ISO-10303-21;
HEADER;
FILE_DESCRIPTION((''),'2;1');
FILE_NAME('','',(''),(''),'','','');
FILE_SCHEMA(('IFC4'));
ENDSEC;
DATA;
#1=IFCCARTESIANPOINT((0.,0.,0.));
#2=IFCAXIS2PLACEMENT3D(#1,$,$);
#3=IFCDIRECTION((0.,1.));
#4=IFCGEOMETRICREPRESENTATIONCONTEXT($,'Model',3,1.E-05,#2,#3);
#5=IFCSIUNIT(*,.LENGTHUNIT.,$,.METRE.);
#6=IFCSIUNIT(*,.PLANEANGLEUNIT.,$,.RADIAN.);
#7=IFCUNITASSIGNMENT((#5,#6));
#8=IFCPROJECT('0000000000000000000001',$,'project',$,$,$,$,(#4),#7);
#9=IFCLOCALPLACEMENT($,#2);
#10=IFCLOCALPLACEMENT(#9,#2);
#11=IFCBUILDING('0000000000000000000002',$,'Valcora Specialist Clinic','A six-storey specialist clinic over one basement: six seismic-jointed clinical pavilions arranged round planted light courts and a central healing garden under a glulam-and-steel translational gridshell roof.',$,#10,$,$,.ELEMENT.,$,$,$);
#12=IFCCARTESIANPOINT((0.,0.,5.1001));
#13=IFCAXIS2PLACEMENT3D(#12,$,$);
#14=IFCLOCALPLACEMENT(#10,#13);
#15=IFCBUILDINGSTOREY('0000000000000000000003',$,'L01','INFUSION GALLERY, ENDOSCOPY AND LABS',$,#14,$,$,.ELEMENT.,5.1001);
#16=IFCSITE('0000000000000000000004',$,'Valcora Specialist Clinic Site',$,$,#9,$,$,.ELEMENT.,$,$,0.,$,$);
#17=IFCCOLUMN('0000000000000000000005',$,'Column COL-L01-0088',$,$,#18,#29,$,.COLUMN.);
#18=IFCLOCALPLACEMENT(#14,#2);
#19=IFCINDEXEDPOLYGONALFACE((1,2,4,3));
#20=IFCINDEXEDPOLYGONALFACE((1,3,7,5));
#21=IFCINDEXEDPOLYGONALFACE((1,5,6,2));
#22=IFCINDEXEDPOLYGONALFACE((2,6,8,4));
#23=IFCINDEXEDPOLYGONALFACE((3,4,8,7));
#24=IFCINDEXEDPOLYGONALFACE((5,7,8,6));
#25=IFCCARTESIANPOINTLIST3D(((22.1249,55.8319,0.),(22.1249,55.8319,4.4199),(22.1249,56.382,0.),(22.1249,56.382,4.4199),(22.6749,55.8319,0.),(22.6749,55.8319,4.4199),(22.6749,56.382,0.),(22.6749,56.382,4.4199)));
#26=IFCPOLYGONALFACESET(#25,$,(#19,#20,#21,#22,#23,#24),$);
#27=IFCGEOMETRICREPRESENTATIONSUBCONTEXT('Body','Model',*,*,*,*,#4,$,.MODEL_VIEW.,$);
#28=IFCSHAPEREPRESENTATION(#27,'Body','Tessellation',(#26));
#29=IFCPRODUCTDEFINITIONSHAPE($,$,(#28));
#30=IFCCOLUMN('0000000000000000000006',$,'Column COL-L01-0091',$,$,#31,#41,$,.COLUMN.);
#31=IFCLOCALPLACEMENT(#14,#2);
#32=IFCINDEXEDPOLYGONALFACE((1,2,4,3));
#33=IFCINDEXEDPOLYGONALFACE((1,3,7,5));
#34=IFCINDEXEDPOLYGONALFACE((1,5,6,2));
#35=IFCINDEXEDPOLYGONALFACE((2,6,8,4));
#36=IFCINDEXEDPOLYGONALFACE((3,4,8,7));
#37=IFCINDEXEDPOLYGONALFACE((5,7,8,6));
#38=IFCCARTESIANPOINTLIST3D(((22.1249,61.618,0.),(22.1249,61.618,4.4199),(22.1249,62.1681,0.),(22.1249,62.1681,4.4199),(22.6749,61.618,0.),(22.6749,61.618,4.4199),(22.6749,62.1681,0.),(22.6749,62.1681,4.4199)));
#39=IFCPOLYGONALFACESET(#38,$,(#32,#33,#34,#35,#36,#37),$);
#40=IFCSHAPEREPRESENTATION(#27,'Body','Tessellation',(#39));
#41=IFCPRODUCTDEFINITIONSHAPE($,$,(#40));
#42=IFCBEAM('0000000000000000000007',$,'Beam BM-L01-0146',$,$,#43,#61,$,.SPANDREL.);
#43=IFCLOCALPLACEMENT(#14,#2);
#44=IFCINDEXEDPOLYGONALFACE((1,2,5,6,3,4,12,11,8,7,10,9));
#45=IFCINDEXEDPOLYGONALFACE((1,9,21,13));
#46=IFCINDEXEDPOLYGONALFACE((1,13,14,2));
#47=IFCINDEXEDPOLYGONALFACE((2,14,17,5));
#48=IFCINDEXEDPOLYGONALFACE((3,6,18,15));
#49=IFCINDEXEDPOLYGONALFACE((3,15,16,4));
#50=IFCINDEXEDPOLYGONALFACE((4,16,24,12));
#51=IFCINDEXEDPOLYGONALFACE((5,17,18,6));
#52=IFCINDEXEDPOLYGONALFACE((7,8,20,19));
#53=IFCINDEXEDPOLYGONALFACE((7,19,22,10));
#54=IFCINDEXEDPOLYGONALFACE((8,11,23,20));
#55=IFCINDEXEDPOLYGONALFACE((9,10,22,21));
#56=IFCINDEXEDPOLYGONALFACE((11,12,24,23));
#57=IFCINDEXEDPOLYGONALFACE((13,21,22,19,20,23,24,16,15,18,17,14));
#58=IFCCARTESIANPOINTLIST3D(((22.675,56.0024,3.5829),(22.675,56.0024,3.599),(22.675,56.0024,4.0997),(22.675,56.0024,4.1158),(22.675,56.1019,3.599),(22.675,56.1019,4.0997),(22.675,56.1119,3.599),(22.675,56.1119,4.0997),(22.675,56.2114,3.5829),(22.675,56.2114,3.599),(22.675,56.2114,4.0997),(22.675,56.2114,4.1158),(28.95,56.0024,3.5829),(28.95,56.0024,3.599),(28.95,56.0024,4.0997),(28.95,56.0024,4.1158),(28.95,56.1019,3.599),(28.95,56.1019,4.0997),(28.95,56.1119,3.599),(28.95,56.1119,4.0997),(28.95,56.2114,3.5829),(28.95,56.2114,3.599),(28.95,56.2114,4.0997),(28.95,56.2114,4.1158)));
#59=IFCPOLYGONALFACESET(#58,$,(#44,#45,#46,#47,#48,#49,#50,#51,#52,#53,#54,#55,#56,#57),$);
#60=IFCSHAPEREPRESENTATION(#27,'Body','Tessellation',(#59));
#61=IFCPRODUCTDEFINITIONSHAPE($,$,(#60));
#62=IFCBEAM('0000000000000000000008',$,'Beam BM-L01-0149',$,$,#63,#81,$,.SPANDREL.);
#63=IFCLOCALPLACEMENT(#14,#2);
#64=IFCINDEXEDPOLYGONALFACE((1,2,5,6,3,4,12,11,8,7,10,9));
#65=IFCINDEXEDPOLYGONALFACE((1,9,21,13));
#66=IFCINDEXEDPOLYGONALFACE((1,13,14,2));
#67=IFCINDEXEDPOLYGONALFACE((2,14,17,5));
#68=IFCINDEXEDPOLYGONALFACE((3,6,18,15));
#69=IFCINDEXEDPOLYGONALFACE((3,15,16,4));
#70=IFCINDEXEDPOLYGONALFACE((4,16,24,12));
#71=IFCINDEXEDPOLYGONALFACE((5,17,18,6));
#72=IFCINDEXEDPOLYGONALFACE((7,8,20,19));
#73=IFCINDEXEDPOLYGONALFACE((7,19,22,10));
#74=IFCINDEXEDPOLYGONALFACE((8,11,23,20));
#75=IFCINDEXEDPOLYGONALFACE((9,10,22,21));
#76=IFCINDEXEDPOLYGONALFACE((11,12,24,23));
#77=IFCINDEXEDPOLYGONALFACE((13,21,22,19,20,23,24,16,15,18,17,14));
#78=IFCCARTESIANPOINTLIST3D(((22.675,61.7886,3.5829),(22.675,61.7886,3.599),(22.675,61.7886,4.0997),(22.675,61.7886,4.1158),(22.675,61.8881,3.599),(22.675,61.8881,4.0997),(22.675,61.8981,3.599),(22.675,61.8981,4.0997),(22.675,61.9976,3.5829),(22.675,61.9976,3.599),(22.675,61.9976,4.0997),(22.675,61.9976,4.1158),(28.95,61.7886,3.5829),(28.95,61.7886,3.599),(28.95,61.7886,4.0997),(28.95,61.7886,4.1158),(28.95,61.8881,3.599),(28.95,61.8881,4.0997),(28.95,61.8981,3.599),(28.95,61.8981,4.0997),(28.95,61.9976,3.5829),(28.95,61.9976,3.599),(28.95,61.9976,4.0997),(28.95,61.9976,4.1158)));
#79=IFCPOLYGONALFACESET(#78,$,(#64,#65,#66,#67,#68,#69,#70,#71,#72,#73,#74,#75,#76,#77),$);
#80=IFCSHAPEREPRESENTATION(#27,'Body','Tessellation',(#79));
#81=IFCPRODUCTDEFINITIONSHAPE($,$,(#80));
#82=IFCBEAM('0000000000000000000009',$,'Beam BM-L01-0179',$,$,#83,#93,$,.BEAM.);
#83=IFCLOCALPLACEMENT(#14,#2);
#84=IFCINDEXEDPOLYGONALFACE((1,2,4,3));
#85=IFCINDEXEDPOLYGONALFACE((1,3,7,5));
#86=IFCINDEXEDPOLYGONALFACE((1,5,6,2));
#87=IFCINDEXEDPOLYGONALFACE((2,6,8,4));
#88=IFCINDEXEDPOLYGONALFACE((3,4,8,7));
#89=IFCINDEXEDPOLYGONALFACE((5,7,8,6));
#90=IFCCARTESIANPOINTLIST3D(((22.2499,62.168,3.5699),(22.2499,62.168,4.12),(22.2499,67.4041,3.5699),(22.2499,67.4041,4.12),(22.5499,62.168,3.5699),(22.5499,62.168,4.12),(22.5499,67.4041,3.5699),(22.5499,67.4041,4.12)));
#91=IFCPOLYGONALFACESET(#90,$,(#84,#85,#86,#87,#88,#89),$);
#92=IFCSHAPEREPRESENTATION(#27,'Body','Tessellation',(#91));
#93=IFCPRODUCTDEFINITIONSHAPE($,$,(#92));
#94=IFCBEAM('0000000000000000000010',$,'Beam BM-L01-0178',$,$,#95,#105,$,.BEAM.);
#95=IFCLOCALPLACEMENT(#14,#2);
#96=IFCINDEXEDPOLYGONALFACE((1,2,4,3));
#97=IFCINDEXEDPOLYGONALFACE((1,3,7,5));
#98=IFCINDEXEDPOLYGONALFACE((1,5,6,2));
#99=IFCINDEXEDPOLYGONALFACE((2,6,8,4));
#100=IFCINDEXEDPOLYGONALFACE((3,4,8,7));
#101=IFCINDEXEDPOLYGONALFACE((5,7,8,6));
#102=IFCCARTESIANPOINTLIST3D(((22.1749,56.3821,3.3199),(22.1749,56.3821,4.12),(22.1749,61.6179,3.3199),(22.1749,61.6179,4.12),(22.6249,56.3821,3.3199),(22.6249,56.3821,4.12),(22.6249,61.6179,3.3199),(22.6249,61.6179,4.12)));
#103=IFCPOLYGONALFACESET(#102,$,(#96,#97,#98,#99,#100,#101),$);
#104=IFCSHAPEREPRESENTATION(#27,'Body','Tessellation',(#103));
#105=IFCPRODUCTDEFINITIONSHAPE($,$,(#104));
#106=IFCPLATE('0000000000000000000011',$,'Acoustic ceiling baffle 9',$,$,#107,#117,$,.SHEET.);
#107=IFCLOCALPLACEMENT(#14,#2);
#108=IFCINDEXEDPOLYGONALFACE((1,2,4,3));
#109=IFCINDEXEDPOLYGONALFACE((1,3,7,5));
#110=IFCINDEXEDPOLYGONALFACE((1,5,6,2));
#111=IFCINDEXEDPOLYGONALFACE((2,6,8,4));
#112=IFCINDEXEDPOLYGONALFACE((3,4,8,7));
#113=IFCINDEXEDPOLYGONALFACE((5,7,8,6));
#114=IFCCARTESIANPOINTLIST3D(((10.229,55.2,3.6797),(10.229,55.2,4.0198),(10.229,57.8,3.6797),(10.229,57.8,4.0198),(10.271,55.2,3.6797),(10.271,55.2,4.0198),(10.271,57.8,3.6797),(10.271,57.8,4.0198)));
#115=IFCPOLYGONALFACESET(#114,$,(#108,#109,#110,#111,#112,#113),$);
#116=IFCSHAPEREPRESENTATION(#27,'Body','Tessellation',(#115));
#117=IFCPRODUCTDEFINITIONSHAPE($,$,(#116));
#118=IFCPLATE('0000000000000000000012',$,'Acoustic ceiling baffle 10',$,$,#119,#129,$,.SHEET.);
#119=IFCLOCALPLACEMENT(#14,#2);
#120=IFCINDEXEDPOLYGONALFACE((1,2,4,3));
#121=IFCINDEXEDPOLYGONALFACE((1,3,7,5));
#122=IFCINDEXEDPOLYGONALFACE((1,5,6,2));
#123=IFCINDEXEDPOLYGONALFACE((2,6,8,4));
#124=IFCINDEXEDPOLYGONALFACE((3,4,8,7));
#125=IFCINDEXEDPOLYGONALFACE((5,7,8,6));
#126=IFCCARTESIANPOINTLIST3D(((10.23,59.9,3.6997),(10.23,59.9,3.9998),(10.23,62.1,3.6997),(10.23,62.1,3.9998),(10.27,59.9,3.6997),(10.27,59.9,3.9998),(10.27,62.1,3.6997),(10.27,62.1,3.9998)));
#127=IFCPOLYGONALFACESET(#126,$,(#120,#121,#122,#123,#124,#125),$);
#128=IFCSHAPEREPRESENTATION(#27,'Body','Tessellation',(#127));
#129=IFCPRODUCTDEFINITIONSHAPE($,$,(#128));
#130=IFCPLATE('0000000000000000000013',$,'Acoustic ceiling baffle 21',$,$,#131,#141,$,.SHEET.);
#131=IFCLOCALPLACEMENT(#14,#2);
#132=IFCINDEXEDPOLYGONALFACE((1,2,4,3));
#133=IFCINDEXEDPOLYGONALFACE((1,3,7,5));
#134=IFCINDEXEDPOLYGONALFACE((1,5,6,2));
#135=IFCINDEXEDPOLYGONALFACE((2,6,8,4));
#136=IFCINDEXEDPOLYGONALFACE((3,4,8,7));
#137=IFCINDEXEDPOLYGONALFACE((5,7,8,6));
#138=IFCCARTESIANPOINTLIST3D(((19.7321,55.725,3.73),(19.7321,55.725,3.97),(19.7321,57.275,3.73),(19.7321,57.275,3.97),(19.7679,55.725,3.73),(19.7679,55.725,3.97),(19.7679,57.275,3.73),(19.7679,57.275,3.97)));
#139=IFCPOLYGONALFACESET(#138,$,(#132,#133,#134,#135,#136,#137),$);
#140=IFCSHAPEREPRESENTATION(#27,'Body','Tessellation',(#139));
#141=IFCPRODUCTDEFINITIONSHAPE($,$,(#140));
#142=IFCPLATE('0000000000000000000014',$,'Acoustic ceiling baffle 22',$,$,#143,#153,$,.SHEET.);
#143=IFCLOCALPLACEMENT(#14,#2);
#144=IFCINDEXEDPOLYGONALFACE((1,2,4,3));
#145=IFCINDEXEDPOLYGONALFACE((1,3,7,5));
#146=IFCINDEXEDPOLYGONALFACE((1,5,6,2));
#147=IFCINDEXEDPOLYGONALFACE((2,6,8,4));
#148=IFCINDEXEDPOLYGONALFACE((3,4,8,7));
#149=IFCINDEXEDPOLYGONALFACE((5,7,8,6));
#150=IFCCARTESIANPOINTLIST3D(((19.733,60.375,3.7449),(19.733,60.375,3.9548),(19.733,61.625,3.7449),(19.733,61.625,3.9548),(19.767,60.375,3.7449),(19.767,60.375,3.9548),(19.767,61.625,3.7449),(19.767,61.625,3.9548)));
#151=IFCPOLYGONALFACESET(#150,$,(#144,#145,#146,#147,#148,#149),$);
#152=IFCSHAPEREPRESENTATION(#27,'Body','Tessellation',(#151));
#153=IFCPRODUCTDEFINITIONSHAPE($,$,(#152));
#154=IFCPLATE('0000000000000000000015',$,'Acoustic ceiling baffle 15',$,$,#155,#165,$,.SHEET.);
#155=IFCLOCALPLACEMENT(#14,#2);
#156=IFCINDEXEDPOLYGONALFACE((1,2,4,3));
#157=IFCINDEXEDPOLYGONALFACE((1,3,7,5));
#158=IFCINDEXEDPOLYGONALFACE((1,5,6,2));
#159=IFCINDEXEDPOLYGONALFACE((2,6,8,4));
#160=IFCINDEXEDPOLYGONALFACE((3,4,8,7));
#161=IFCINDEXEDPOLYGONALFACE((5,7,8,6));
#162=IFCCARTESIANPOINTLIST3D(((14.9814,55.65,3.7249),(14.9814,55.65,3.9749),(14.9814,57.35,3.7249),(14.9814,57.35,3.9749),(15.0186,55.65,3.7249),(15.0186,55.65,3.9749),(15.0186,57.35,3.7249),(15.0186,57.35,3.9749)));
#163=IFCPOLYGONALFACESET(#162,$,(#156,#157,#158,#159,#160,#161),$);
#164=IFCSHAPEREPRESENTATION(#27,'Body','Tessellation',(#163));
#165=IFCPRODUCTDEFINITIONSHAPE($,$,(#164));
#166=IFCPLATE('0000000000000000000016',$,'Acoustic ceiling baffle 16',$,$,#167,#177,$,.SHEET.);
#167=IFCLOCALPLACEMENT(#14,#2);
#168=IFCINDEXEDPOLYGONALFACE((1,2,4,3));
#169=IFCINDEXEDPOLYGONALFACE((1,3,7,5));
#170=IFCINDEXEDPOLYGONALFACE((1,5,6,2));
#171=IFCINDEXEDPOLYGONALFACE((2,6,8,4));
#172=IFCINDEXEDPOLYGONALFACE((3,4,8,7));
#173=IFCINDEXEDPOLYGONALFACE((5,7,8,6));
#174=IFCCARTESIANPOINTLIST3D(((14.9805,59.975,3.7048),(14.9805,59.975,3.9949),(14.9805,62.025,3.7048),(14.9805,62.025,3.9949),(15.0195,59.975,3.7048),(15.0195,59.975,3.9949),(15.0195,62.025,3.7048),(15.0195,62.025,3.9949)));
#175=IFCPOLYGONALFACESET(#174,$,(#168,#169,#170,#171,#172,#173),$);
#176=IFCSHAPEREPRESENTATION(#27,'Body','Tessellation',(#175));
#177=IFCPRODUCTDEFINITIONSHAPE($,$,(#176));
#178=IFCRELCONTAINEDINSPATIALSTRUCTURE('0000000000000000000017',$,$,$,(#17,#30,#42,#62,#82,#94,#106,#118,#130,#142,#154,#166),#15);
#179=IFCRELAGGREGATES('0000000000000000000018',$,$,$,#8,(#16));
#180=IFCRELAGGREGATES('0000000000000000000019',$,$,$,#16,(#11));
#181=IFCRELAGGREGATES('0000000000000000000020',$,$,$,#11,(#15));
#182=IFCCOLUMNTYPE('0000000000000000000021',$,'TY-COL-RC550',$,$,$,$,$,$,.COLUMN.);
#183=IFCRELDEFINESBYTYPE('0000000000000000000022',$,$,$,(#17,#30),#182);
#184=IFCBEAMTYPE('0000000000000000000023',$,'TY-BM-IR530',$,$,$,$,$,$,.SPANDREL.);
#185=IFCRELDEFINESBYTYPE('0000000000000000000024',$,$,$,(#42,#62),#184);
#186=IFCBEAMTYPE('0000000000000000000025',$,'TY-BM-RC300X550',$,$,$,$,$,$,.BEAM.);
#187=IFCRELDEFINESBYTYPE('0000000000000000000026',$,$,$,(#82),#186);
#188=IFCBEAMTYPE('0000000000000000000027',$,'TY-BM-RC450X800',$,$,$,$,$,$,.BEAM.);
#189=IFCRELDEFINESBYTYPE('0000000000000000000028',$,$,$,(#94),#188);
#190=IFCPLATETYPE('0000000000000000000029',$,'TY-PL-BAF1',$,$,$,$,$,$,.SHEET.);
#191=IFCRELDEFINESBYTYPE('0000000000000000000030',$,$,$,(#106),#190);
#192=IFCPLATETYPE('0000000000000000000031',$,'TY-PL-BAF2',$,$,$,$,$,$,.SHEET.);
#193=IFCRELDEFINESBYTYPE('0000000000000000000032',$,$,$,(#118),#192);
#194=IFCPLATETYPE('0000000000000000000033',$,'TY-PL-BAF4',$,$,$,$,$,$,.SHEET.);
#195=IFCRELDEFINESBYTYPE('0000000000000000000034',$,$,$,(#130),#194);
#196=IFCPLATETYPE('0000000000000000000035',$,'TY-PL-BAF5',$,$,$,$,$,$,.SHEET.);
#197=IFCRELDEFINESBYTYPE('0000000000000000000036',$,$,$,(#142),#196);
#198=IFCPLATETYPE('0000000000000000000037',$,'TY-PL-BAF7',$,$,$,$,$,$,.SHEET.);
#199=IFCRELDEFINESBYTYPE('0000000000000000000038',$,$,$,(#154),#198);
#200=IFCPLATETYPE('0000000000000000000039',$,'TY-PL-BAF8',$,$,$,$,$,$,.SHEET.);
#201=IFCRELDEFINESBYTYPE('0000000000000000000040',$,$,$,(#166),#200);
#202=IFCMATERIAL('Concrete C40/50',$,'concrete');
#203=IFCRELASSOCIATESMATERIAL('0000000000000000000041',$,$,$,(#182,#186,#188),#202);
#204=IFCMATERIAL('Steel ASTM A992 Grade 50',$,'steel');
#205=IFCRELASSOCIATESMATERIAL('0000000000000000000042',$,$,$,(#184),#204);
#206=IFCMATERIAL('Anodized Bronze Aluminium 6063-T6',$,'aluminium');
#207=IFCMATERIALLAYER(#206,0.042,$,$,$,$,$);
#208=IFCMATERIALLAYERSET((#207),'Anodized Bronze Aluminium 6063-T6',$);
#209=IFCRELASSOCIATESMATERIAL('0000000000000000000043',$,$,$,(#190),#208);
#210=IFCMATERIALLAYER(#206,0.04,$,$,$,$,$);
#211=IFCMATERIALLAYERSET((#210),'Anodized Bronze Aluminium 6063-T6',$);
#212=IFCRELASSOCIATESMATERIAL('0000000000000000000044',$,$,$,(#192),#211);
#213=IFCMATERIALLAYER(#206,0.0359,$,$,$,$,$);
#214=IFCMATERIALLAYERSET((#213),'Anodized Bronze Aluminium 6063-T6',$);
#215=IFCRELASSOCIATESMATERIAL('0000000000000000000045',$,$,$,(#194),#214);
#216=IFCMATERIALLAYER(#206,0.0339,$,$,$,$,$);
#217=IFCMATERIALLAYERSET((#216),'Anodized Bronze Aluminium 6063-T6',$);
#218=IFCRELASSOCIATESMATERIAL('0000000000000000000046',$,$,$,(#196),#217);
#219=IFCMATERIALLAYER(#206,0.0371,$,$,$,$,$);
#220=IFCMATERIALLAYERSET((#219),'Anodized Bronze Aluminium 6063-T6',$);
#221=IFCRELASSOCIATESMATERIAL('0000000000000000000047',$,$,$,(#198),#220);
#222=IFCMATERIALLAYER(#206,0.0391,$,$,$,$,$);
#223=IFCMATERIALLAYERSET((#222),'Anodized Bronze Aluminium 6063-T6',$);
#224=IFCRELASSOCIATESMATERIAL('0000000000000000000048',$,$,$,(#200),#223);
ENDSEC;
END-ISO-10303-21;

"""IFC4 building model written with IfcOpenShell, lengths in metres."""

from ifc_helpers import new_model, si_unit, direction, frame, origin, origin_2d, place, context, subcontext, project, spatial, rectangle, i_section, extrude, material, layer, layer_set, material_profile, profile_set, type_object, element, save


model = new_model("IFC4")

# Units and contexts
model_context = context("Model", 3, precision=1e-05, world=origin(), true_north=direction((0.0, 1.0)))
body_context = subcontext(model_context, "Body", "Model", "MODEL_VIEW")
ifc_project = project(units=[si_unit("LENGTHUNIT", "METRE"), si_unit("PLANEANGLEUNIT", "RADIAN")], contexts=[model_context])

# Site, building, storey
site_placement = place(None, origin())
site = spatial("IfcSite", under=ifc_project, at=site_placement, Name="Valcora Specialist Clinic Site", CompositionType="ELEMENT", RefElevation=0.0)
building_placement = place(site_placement, origin())
building = spatial("IfcBuilding", under=site, at=building_placement, Name="Valcora Specialist Clinic", Description="A six-storey specialist clinic over one basement: six seismic-jointed clinical pavilions arranged round planted light courts and a central healing garden under a glulam-and-steel translational gridshell roof.", CompositionType="ELEMENT")
storey_placement = place(building_placement, frame((0.0, 0.0, 5.1001)))
storey = spatial("IfcBuildingStorey", under=building, at=storey_placement, Name="L01", Description="INFUSION GALLERY, ENDOSCOPY AND LABS", CompositionType="ELEMENT", Elevation=5.1001)

# Columns
ifc_material_1 = material(Name="Concrete C40/50", Category="concrete")
ifc_material_profile_1 = material_profile(ifc_material_1, rectangle(XDim=0.55, YDim=0.55, at=origin_2d()), Name="RC-COL-550X550")
ifc_profile_set_1 = profile_set([ifc_material_profile_1], Name="Concrete C40/50")
column_type = type_object("IfcColumnType", Name="TY-COL-RC550", PredefinedType="COLUMN", material=ifc_profile_set_1)
for number, where, z_axis, x_axis, name in (
    (1, (22.3999, 56.1069, 0.0), (0.0, 0.0, 1.0), (1.0, 0.0, 0.0), "Column COL-L01-0088"),
    (2, (22.3999, 61.8931, 0.0), (0.0, 0.0, 1.0), (1.0, 0.0, 0.0), "Column COL-L01-0091"),
):
    element("IfcColumn", number, at=place(storey_placement, frame(where, z_axis=z_axis, x_axis=x_axis)), inside=storey, type_object=column_type, Name=name, PredefinedType="COLUMN", context=body_context, shape_type="SweptSolid", body=[
        extrude(rectangle(XDim=0.55, YDim=0.55, at=origin_2d()), origin(), (0.0, 0.0, 1.0), 4.4199),
    ])

# Beams
ifc_material_2 = material(Name="Steel ASTM A992 Grade 50", Category="steel")
ifc_material_profile_2 = material_profile(ifc_material_2, i_section(OverallWidth=0.209, OverallDepth=0.533, WebThickness=0.01, FlangeThickness=0.0161, at=origin_2d()), Name="ST-IR-530X210")
ifc_profile_set_2 = profile_set([ifc_material_profile_2], Name="Steel ASTM A992 Grade 50")
beam_type_1 = type_object("IfcBeamType", Name="TY-BM-IR530", PredefinedType="SPANDREL", material=ifc_profile_set_2)
for number, where, z_axis, x_axis, name in (
    (3, (22.675, 56.1069, 3.8494), (1.0, 0.0, 0.0), (0.0, 1.0, 0.0), "Beam BM-L01-0146"),
    (4, (22.675, 61.8931, 3.8494), (1.0, 0.0, 0.0), (0.0, 1.0, 0.0), "Beam BM-L01-0149"),
):
    element("IfcBeam", number, at=place(storey_placement, frame(where, z_axis=z_axis, x_axis=x_axis)), inside=storey, type_object=beam_type_1, Name=name, PredefinedType="SPANDREL", context=body_context, shape_type="SweptSolid", body=[
        extrude(i_section(OverallWidth=0.209, OverallDepth=0.533, WebThickness=0.01, FlangeThickness=0.0161, at=origin_2d()), origin(), (0.0, 0.0, 1.0), 6.2749),
    ])
ifc_material_profile_3 = material_profile(ifc_material_1, rectangle(XDim=0.3, YDim=0.55, at=origin_2d()), Name="RC-BM-300X550")
ifc_profile_set_3 = profile_set([ifc_material_profile_3], Name="Concrete C40/50")
beam_type_2 = type_object("IfcBeamType", Name="TY-BM-RC300X550", PredefinedType="BEAM", material=ifc_profile_set_3)
beam_1_placement = place(storey_placement, frame((22.3999, 62.168, 3.845), z_axis=(0.0, 1.0, 0.0), x_axis=(-1.0, 0.0, 0.0)))
element("IfcBeam", 5, at=beam_1_placement, inside=storey, type_object=beam_type_2, Name="Beam BM-L01-0179", PredefinedType="BEAM", context=body_context, shape_type="SweptSolid", body=[
    extrude(rectangle(XDim=0.3, YDim=0.55, at=origin_2d()), origin(), (0.0, 0.0, 1.0), 5.2361),
])
ifc_material_profile_4 = material_profile(ifc_material_1, rectangle(XDim=0.45, YDim=0.8, at=origin_2d()), Name="RC-BM-450X800")
ifc_profile_set_4 = profile_set([ifc_material_profile_4], Name="Concrete C40/50")
beam_type_3 = type_object("IfcBeamType", Name="TY-BM-RC450X800", PredefinedType="BEAM", material=ifc_profile_set_4)
beam_2_placement = place(storey_placement, frame((22.3999, 56.3821, 3.72), z_axis=(0.0, 1.0, 0.0), x_axis=(-1.0, 0.0, 0.0)))
element("IfcBeam", 6, at=beam_2_placement, inside=storey, type_object=beam_type_3, Name="Beam BM-L01-0178", PredefinedType="BEAM", context=body_context, shape_type="SweptSolid", body=[
    extrude(rectangle(XDim=0.45, YDim=0.8, at=origin_2d()), origin(), (0.0, 0.0, 1.0), 5.2358),
])

# Plates
ifc_material_3 = material(Name="Anodized Bronze Aluminium 6063-T6", Category="aluminium")
ifc_layer_1 = layer(ifc_material_3, 0.042)
ifc_layer_set_1 = layer_set([ifc_layer_1], Name="Anodized Bronze Aluminium 6063-T6")
plate_type_1 = type_object("IfcPlateType", Name="TY-PL-BAF1", PredefinedType="SHEET", material=ifc_layer_set_1)
plate_1_placement = place(storey_placement, frame((10.25, 56.5, 3.6797), z_axis=(0.0, 0.0, 1.0), x_axis=(0.0, 1.0, 0.0)))
element("IfcPlate", 7, at=plate_1_placement, inside=storey, type_object=plate_type_1, Name="Acoustic ceiling baffle 9", PredefinedType="SHEET", context=body_context, shape_type="SweptSolid", body=[
    extrude(rectangle(XDim=2.6001, YDim=0.042, at=origin_2d()), origin(), (0.0, 0.0, 1.0), 0.3401),
])
ifc_layer_2 = layer(ifc_material_3, 0.04)
ifc_layer_set_2 = layer_set([ifc_layer_2], Name="Anodized Bronze Aluminium 6063-T6")
plate_type_2 = type_object("IfcPlateType", Name="TY-PL-BAF2", PredefinedType="SHEET", material=ifc_layer_set_2)
plate_2_placement = place(storey_placement, frame((10.25, 61.0, 3.6997), z_axis=(0.0, 0.0, 1.0), x_axis=(0.0, 1.0, 0.0)))
element("IfcPlate", 8, at=plate_2_placement, inside=storey, type_object=plate_type_2, Name="Acoustic ceiling baffle 10", PredefinedType="SHEET", context=body_context, shape_type="SweptSolid", body=[
    extrude(rectangle(XDim=2.2, YDim=0.04, at=origin_2d()), origin(), (0.0, 0.0, 1.0), 0.3),
])
ifc_layer_3 = layer(ifc_material_3, 0.0359)
ifc_layer_set_3 = layer_set([ifc_layer_3], Name="Anodized Bronze Aluminium 6063-T6")
plate_type_3 = type_object("IfcPlateType", Name="TY-PL-BAF4", PredefinedType="SHEET", material=ifc_layer_set_3)
plate_3_placement = place(storey_placement, frame((19.75, 56.5, 3.73), z_axis=(0.0, 0.0, 1.0), x_axis=(0.0, 1.0, 0.0)))
element("IfcPlate", 9, at=plate_3_placement, inside=storey, type_object=plate_type_3, Name="Acoustic ceiling baffle 21", PredefinedType="SHEET", context=body_context, shape_type="SweptSolid", body=[
    extrude(rectangle(XDim=1.55, YDim=0.0359, at=origin_2d()), origin(), (0.0, 0.0, 1.0), 0.24),
])
ifc_layer_4 = layer(ifc_material_3, 0.0339)
ifc_layer_set_4 = layer_set([ifc_layer_4], Name="Anodized Bronze Aluminium 6063-T6")
plate_type_4 = type_object("IfcPlateType", Name="TY-PL-BAF5", PredefinedType="SHEET", material=ifc_layer_set_4)
plate_4_placement = place(storey_placement, frame((19.75, 61.0, 3.7449), z_axis=(0.0, 0.0, 1.0), x_axis=(0.0, 1.0, 0.0)))
element("IfcPlate", 10, at=plate_4_placement, inside=storey, type_object=plate_type_4, Name="Acoustic ceiling baffle 22", PredefinedType="SHEET", context=body_context, shape_type="SweptSolid", body=[
    extrude(rectangle(XDim=1.25, YDim=0.0339, at=origin_2d()), origin(), (0.0, 0.0, 1.0), 0.21),
])
ifc_layer_5 = layer(ifc_material_3, 0.0371)
ifc_layer_set_5 = layer_set([ifc_layer_5], Name="Anodized Bronze Aluminium 6063-T6")
plate_type_5 = type_object("IfcPlateType", Name="TY-PL-BAF7", PredefinedType="SHEET", material=ifc_layer_set_5)
plate_5_placement = place(storey_placement, frame((15.0, 56.5, 3.7249), z_axis=(0.0, 0.0, 1.0), x_axis=(0.0, 1.0, 0.0)))
element("IfcPlate", 11, at=plate_5_placement, inside=storey, type_object=plate_type_5, Name="Acoustic ceiling baffle 15", PredefinedType="SHEET", context=body_context, shape_type="SweptSolid", body=[
    extrude(rectangle(XDim=1.7, YDim=0.0371, at=origin_2d()), origin(), (0.0, 0.0, 1.0), 0.25),
])
ifc_layer_6 = layer(ifc_material_3, 0.0391)
ifc_layer_set_6 = layer_set([ifc_layer_6], Name="Anodized Bronze Aluminium 6063-T6")
plate_type_6 = type_object("IfcPlateType", Name="TY-PL-BAF8", PredefinedType="SHEET", material=ifc_layer_set_6)
plate_6_placement = place(storey_placement, frame((15.0, 61.0, 3.7048), z_axis=(0.0, 0.0, 1.0), x_axis=(0.0, 1.0, 0.0)))
element("IfcPlate", 12, at=plate_6_placement, inside=storey, type_object=plate_type_6, Name="Acoustic ceiling baffle 16", PredefinedType="SHEET", context=body_context, shape_type="SweptSolid", body=[
    extrude(rectangle(XDim=2.05, YDim=0.0391, at=origin_2d()), origin(), (0.0, 0.0, 1.0), 0.29),
])

save(model, "model.ifc")
